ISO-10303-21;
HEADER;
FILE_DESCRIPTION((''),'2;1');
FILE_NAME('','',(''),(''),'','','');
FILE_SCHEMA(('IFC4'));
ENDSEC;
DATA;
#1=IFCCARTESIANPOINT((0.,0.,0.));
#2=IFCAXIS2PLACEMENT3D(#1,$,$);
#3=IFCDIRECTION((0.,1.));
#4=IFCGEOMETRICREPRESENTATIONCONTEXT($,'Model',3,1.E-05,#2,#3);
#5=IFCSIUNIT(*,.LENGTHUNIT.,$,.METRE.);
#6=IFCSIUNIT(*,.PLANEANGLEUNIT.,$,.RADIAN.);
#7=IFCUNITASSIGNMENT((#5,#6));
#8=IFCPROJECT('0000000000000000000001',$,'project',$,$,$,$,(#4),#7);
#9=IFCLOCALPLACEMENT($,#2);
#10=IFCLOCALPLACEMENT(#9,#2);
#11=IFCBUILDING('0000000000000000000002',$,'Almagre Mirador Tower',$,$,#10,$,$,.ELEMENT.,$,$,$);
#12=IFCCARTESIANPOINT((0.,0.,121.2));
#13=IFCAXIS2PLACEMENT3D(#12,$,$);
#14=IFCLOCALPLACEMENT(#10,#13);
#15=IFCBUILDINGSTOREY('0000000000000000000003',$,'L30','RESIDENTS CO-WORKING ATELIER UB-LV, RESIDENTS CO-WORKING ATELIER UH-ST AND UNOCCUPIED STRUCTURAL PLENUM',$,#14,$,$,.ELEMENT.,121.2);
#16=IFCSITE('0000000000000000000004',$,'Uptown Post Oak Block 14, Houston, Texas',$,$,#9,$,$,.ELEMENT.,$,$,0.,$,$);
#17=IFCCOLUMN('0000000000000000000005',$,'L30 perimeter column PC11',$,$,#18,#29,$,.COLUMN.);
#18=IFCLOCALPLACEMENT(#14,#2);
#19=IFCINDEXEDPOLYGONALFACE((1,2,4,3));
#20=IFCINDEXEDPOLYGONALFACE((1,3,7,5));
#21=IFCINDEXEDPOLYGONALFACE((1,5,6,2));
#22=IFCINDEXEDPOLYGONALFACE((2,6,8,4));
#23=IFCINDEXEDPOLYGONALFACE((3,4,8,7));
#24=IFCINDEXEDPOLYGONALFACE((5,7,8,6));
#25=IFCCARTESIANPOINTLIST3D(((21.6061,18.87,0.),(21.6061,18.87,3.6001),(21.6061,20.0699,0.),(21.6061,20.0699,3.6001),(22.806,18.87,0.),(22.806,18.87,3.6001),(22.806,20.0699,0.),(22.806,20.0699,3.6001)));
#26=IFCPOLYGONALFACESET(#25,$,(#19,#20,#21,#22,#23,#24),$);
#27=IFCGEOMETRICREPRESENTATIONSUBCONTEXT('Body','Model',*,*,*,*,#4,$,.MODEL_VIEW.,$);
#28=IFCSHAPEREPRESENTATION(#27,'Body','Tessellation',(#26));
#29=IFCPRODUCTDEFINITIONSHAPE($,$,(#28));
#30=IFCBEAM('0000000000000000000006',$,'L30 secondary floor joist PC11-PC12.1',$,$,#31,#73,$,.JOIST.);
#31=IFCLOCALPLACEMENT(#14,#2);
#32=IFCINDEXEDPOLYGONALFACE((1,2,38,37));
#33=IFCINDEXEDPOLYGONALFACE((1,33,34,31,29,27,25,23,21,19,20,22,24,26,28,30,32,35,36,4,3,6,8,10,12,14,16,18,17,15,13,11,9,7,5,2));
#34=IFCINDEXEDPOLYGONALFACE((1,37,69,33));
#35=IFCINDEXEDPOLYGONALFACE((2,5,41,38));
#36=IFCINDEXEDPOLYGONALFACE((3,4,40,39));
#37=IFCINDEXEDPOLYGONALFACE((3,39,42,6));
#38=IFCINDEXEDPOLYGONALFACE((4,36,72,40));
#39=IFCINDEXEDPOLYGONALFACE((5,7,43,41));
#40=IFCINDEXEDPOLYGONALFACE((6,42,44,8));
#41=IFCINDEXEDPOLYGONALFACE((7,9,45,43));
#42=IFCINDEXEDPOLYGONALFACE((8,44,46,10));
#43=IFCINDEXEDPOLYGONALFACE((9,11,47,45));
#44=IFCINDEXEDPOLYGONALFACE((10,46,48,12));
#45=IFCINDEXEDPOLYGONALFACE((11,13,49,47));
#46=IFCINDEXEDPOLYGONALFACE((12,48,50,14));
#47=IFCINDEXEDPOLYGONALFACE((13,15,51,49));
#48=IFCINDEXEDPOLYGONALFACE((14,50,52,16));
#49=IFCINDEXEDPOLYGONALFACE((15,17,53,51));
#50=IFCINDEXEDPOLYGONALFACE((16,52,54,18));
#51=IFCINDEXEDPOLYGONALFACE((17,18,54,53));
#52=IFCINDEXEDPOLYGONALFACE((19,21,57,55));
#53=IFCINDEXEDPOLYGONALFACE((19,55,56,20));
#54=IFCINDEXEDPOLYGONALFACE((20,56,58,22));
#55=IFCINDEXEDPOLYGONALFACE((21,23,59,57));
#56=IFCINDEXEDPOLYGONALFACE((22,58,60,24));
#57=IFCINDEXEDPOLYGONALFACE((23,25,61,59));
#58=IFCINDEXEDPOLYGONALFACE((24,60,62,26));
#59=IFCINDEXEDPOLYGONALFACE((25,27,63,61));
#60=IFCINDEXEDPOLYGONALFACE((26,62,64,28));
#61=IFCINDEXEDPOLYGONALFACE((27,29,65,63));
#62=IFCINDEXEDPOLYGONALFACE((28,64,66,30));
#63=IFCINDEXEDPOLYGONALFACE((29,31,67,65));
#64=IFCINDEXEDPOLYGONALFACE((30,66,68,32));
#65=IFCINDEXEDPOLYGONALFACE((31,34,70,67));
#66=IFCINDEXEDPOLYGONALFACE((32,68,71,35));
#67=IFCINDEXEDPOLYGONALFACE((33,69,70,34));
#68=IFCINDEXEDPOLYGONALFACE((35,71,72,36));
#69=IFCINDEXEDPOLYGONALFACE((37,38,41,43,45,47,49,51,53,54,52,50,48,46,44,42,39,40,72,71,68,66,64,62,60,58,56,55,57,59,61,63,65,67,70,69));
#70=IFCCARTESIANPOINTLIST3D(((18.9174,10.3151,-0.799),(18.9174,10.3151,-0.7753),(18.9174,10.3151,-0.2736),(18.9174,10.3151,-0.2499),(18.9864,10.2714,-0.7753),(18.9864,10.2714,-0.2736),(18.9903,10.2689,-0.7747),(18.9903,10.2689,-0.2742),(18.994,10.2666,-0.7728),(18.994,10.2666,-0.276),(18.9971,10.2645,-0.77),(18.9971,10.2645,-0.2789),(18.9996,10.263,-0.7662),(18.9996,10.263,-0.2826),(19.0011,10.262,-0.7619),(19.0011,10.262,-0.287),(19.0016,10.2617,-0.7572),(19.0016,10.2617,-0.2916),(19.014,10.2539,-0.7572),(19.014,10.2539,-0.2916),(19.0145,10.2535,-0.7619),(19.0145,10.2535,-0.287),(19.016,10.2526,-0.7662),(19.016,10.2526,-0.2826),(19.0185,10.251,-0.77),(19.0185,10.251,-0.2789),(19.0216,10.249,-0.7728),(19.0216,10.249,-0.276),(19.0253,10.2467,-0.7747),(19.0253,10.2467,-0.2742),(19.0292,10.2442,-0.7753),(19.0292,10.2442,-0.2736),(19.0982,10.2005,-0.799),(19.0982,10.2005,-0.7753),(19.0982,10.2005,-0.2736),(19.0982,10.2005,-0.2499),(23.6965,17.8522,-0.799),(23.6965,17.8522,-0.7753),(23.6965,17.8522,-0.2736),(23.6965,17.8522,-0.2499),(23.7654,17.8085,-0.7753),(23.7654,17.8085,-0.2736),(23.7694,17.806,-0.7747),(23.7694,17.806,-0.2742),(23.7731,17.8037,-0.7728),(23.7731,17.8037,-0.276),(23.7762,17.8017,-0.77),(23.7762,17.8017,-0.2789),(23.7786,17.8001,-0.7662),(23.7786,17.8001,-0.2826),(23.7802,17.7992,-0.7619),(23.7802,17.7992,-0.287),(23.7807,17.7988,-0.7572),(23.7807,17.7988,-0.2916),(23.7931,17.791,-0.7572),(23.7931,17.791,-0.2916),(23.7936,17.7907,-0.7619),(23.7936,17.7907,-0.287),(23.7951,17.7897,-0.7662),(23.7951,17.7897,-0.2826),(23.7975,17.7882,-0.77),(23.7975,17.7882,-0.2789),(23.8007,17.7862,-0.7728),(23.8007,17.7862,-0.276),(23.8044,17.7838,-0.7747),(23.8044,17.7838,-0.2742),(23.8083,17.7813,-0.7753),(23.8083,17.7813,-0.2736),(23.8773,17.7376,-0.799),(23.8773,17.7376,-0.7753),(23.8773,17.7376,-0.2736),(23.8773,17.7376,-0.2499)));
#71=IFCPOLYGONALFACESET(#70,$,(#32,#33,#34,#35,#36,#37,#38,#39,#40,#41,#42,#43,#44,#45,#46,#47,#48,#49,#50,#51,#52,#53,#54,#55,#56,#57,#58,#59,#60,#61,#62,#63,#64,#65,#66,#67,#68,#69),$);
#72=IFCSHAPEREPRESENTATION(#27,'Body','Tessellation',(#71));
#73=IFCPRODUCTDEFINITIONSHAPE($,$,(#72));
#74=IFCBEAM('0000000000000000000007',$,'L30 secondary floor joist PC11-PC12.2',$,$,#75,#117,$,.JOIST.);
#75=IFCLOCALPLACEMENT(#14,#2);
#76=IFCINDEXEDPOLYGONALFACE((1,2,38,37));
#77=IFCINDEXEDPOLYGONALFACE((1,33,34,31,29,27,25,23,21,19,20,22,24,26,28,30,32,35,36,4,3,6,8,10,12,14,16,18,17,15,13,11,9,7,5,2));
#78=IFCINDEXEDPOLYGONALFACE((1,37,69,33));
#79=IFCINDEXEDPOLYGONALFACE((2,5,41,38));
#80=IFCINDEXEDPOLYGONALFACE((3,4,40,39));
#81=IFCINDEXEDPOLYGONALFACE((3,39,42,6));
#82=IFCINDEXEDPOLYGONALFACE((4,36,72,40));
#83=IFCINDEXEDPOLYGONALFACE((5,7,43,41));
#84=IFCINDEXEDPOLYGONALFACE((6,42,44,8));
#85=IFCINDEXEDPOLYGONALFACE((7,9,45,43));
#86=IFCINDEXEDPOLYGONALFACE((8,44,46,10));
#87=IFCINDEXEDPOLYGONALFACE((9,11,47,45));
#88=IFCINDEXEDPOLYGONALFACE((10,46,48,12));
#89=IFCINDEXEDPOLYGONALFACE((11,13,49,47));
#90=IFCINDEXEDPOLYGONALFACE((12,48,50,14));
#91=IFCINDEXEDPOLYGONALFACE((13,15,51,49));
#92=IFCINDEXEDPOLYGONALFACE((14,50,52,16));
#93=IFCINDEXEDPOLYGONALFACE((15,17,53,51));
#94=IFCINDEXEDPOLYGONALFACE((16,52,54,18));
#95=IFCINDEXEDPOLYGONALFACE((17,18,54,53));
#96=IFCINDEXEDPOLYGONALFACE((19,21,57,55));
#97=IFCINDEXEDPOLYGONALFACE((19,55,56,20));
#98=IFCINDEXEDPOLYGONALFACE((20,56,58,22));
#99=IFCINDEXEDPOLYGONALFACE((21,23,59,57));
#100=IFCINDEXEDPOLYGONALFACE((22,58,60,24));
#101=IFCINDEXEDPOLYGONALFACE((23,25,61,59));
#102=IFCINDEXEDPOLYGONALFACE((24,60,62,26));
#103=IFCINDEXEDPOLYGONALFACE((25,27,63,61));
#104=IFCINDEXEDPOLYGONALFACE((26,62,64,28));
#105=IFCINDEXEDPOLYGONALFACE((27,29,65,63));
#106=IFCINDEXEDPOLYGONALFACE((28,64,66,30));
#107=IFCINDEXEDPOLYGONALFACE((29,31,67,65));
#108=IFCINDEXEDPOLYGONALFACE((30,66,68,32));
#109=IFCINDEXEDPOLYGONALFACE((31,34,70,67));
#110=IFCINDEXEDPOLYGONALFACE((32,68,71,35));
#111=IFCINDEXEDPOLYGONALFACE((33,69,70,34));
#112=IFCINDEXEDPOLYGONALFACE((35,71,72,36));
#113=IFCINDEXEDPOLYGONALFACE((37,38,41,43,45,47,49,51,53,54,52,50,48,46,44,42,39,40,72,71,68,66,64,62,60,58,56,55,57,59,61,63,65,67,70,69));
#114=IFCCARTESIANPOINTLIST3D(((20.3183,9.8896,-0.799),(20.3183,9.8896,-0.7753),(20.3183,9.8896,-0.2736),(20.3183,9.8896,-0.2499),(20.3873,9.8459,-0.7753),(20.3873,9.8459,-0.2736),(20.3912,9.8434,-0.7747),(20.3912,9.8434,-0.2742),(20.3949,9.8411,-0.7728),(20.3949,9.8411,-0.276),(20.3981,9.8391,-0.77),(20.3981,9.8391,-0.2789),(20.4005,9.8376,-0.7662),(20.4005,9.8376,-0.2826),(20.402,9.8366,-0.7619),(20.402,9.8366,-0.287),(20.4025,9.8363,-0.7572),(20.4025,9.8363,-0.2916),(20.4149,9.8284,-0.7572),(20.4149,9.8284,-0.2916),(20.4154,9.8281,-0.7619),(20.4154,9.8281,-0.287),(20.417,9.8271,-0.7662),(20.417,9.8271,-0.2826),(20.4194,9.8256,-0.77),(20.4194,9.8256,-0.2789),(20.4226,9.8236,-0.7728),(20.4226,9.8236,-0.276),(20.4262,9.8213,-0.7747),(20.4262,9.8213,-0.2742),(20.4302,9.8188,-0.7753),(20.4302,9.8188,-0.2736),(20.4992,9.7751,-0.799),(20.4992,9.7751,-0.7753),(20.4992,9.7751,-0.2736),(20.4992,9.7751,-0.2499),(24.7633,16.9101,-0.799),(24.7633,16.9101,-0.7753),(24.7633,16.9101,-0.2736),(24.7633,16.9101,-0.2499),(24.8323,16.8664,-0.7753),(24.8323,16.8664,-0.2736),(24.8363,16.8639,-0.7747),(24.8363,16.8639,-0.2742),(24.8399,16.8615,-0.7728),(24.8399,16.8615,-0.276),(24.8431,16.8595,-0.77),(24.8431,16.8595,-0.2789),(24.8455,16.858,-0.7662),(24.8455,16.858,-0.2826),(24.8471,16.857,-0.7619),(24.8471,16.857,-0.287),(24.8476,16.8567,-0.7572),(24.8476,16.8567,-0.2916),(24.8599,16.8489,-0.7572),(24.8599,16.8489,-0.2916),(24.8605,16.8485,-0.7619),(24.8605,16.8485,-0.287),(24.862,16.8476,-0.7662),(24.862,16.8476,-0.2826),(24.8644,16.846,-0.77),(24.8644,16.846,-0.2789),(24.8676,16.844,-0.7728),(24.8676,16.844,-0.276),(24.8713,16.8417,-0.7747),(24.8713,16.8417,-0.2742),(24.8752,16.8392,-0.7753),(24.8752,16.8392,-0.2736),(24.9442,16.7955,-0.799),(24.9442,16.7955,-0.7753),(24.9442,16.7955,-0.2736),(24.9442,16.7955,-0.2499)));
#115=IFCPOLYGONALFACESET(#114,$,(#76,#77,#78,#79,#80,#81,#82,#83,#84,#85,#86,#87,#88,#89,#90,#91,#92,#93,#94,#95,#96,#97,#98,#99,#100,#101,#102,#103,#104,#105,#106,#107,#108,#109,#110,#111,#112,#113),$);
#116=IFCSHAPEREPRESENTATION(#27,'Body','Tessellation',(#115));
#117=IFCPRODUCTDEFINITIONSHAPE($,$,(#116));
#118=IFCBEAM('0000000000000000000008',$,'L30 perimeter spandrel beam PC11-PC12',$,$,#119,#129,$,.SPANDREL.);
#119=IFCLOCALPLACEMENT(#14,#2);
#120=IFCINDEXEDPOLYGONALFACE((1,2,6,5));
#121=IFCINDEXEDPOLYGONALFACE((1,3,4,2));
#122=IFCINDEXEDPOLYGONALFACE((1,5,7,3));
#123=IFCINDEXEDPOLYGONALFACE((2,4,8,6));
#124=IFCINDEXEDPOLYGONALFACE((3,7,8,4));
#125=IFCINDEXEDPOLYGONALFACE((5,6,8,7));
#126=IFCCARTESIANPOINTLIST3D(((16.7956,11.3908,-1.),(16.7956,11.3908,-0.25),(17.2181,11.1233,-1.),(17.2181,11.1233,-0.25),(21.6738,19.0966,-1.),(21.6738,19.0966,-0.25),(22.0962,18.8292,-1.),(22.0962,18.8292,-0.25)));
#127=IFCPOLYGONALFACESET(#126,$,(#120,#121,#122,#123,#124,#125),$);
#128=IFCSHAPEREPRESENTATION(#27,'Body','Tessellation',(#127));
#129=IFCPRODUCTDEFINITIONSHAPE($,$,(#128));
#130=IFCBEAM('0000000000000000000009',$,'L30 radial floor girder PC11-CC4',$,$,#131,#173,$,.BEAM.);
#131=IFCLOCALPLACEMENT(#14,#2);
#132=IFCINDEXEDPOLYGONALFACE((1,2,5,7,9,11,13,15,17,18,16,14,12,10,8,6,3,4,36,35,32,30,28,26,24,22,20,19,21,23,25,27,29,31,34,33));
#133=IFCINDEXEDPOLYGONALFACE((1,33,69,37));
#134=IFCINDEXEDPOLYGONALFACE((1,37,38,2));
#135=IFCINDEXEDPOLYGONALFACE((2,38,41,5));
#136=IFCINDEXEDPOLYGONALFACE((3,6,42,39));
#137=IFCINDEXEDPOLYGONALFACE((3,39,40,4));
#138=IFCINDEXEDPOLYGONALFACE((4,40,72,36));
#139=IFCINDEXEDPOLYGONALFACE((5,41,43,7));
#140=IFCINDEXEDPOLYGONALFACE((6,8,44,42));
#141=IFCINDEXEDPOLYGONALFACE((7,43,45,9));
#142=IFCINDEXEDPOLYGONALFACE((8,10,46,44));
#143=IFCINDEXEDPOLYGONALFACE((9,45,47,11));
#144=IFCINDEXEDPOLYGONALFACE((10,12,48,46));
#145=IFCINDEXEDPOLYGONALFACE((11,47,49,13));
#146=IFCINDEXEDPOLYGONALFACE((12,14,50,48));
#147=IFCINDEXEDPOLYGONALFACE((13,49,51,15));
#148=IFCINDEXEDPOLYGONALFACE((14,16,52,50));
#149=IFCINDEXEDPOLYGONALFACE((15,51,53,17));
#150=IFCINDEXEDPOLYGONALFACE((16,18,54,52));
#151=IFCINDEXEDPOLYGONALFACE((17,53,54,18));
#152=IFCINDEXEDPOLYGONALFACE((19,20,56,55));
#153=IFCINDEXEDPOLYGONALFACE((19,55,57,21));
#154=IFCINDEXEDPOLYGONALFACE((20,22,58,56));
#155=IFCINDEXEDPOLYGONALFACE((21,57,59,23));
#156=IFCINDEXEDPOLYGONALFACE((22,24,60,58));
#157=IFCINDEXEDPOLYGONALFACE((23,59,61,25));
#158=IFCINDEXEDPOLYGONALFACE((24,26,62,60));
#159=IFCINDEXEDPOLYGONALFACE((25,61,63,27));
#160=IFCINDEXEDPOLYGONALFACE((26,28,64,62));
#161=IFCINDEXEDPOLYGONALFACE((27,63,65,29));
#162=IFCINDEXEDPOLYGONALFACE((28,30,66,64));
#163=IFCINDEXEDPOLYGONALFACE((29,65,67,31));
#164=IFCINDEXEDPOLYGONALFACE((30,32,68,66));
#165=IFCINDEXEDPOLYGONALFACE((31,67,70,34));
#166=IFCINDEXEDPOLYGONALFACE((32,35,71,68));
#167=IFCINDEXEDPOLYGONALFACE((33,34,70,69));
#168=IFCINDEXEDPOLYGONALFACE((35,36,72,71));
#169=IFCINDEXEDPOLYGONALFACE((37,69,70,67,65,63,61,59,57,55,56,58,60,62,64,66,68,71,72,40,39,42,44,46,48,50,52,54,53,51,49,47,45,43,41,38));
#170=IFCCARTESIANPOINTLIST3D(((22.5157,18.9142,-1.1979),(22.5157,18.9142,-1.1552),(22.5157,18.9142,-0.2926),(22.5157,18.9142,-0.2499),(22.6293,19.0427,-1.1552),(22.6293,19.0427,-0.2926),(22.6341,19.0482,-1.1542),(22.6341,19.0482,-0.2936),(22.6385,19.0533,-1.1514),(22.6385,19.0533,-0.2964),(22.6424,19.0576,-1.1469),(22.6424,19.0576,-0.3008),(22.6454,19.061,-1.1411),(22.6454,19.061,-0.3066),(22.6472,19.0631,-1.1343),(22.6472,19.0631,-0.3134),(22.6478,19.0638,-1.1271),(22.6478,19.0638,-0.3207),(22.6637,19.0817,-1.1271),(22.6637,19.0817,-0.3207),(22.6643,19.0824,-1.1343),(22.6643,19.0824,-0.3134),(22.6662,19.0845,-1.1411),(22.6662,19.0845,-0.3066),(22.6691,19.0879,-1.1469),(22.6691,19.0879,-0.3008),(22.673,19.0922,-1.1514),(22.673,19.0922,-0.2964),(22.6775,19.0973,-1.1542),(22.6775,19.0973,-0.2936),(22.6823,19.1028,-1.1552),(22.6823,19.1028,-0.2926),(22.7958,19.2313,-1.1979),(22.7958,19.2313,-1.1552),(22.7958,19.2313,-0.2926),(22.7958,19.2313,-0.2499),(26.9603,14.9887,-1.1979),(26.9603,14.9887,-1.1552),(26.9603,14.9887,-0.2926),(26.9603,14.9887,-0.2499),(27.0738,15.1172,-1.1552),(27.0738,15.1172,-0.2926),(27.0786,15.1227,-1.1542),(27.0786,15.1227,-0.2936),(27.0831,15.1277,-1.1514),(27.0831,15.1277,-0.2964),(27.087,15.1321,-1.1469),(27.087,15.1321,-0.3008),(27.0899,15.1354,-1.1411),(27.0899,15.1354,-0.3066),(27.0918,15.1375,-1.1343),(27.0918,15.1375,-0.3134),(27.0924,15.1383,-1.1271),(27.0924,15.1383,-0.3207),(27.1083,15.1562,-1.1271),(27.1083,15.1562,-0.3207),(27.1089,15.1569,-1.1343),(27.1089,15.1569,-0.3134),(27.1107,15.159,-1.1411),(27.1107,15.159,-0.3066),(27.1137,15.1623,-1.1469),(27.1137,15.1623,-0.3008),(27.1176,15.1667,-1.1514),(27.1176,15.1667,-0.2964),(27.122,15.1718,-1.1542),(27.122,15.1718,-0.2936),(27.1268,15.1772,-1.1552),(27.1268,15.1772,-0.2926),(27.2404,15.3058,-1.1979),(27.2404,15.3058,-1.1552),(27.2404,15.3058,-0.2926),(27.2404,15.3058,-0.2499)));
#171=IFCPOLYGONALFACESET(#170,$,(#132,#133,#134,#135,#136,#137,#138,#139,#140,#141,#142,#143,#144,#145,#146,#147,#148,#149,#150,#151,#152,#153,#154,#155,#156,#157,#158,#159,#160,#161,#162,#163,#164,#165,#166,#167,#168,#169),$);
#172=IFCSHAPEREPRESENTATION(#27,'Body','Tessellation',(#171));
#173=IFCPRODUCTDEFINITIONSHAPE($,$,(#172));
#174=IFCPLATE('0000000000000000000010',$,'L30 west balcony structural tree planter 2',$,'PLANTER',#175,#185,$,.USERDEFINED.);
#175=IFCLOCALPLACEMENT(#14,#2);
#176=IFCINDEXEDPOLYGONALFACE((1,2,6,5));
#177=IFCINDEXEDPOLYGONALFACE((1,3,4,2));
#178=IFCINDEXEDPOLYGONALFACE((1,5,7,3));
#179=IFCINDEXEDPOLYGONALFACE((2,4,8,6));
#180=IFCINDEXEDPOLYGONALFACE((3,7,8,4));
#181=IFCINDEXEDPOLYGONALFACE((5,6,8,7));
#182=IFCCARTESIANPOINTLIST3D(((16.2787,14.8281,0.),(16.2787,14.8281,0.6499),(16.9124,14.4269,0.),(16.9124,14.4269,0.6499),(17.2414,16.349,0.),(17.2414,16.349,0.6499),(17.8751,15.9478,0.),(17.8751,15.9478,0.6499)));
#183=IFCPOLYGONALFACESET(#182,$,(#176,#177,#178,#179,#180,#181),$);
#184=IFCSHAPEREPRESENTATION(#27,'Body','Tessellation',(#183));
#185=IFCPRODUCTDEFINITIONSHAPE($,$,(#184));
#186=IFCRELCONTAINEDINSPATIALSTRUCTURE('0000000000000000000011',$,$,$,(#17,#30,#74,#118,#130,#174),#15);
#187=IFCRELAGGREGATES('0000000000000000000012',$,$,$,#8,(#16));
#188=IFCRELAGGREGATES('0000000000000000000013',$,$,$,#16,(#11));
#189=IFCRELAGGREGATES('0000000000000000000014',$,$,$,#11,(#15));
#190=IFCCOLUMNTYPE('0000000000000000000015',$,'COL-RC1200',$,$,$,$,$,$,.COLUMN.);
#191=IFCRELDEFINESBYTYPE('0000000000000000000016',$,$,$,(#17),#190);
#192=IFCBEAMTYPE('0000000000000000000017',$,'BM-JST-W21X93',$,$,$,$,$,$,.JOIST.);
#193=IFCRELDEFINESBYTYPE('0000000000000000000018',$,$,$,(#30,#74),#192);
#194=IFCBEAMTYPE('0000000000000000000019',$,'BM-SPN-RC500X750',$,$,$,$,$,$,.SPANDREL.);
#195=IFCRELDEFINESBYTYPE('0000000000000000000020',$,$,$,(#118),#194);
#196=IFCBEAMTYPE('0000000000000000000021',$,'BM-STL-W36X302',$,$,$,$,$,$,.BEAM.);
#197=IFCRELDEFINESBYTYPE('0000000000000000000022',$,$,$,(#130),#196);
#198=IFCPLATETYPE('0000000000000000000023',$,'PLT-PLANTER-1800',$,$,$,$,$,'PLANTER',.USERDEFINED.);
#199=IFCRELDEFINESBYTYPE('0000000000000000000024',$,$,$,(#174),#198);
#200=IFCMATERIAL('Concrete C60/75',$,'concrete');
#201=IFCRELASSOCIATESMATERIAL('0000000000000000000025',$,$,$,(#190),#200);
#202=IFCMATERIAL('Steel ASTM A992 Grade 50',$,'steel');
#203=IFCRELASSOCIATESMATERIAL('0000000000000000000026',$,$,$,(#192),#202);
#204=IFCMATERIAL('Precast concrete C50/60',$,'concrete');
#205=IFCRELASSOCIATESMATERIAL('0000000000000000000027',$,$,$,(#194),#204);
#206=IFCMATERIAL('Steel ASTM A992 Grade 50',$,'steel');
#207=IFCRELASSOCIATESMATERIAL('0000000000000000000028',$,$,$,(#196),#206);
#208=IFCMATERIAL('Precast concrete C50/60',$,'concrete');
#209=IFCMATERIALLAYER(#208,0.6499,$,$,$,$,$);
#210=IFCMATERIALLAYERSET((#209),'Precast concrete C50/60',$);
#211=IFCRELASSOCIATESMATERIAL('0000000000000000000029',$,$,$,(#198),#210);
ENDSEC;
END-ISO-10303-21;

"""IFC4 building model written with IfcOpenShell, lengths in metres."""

from ifc_helpers import new_model, si_unit, direction, frame, origin, origin_2d, place, context, subcontext, project, spatial, rectangle, i_section, extrude, material, layer, layer_set, material_profile, profile_set, type_object, element, save


model = new_model("IFC4")

# Units and contexts
model_context = context("Model", 3, precision=1e-05, world=origin(), true_north=direction((0.0, 1.0)))
body_context = subcontext(model_context, "Body", "Model", "MODEL_VIEW")
ifc_project = project(units=[si_unit("LENGTHUNIT", "METRE"), si_unit("PLANEANGLEUNIT", "RADIAN")], contexts=[model_context])

# Site, building, storey
site_placement = place(None, origin())
site = spatial("IfcSite", under=ifc_project, at=site_placement, Name="Uptown Post Oak Block 14, Houston, Texas", CompositionType="ELEMENT", RefElevation=0.0)
building_placement = place(site_placement, origin())
building = spatial("IfcBuilding", under=site, at=building_placement, Name="Almagre Mirador Tower", CompositionType="ELEMENT")
storey_placement = place(building_placement, frame((0.0, 0.0, 121.2)))
storey = spatial("IfcBuildingStorey", under=building, at=storey_placement, Name="L30", Description="RESIDENTS CO-WORKING ATELIER UB-LV, RESIDENTS CO-WORKING ATELIER UH-ST AND UNOCCUPIED STRUCTURAL PLENUM", CompositionType="ELEMENT", Elevation=121.2)

# Column
ifc_material_1 = material(Name="Concrete C60/75", Category="concrete")
ifc_material_profile_1 = material_profile(ifc_material_1, rectangle(XDim=1.2, YDim=1.2, at=origin_2d()), Name="RC1200X1200")
ifc_profile_set_1 = profile_set([ifc_material_profile_1], Name="Concrete C60/75")
column_type = type_object("IfcColumnType", Name="COL-RC1200", PredefinedType="COLUMN", material=ifc_profile_set_1)
column_placement = place(storey_placement, frame((22.2061, 19.47, 0.0), z_axis=(0.0, 0.0, 1.0), x_axis=(1.0, 0.0, 0.0)))
element("IfcColumn", 1, at=column_placement, inside=storey, type_object=column_type, Name="L30 perimeter column PC11", PredefinedType="COLUMN", context=body_context, shape_type="SweptSolid", body=[
    extrude(rectangle(XDim=1.2, YDim=1.2, at=origin_2d()), origin(), (0.0, 0.0, 1.0), 3.6001),
])

# Beams
ifc_material_2 = material(Name="Steel ASTM A992 Grade 50", Category="steel")
ifc_material_profile_2 = material_profile(ifc_material_2, i_section(OverallWidth=0.2141, OverallDepth=0.5491, WebThickness=0.0146, FlangeThickness=0.0237, FilletRadius=0.0181, at=origin_2d()), Name="W21X93")
ifc_profile_set_2 = profile_set([ifc_material_profile_2], Name="Steel ASTM A992 Grade 50")
beam_type_1 = type_object("IfcBeamType", Name="BM-JST-W21X93", PredefinedType="JOIST", material=ifc_profile_set_2)
beam_1_placement = place(storey_placement, frame((23.7869, 17.7949, -0.5244), z_axis=(-0.535496, -0.844538, 0.0), x_axis=(0.844538, -0.535496, 0.0)))
element("IfcBeam", 2, at=beam_1_placement, inside=storey, type_object=beam_type_1, Name="L30 secondary floor joist PC11-PC12.1", PredefinedType="JOIST", context=body_context, shape_type="SweptSolid", body=[
    extrude(i_section(OverallWidth=0.2141, OverallDepth=0.5491, WebThickness=0.0146, FlangeThickness=0.0237, FilletRadius=0.0181, at=origin_2d()), origin(), (0.0, 0.0, 1.0), 8.9246),
])
beam_2_placement = place(storey_placement, frame((24.8538, 16.8528, -0.5244), z_axis=(-0.534944, -0.844887, 0.0), x_axis=(0.844887, -0.534944, 0.0)))
element("IfcBeam", 3, at=beam_2_placement, inside=storey, type_object=beam_type_1, Name="L30 secondary floor joist PC11-PC12.2", PredefinedType="JOIST", context=body_context, shape_type="SweptSolid", body=[
    extrude(i_section(OverallWidth=0.2141, OverallDepth=0.5491, WebThickness=0.0146, FlangeThickness=0.0237, FilletRadius=0.0181, at=origin_2d()), origin(), (0.0, 0.0, 1.0), 8.3093),
])
ifc_material_3 = material(Name="Precast concrete C50/60", Category="concrete")
ifc_material_profile_3 = material_profile(ifc_material_3, rectangle(XDim=0.5, YDim=0.75, at=origin_2d()), Name="RC500X750")
ifc_profile_set_3 = profile_set([ifc_material_profile_3], Name="Precast concrete C50/60")
beam_type_2 = type_object("IfcBeamType", Name="BM-SPN-RC500X750", PredefinedType="SPANDREL", material=ifc_profile_set_3)
beam_3_placement = place(storey_placement, frame((21.885, 18.9629, -0.625), z_axis=(-0.534882, -0.844927, 0.0), x_axis=(0.844927, -0.534882, 0.0)))
element("IfcBeam", 4, at=beam_3_placement, inside=storey, type_object=beam_type_2, Name="L30 perimeter spandrel beam PC11-PC12", PredefinedType="SPANDREL", context=body_context, shape_type="SweptSolid", body=[
    extrude(rectangle(XDim=0.5, YDim=0.75, at=origin_2d()), origin(), (0.0, 0.0, 1.0), 9.1201),
])
ifc_material_4 = material(Name="Steel ASTM A992 Grade 50", Category="steel")
ifc_material_profile_4 = material_profile(ifc_material_4, i_section(OverallWidth=0.4231, OverallDepth=0.948, WebThickness=0.0239, FlangeThickness=0.0427, FilletRadius=0.0281, at=origin_2d()), Name="W36X302")
ifc_profile_set_4 = profile_set([ifc_material_profile_4], Name="Steel ASTM A992 Grade 50")
beam_type_3 = type_object("IfcBeamType", Name="BM-STL-W36X302", PredefinedType="BEAM", material=ifc_profile_set_4)
beam_4_placement = place(storey_placement, frame((22.6558, 19.0728, -0.7239), z_axis=(0.749516, -0.661986, 0.0), x_axis=(0.661986, 0.749516, 0.0)))
element("IfcBeam", 5, at=beam_4_placement, inside=storey, type_object=beam_type_3, Name="L30 radial floor girder PC11-CC4", PredefinedType="BEAM", context=body_context, shape_type="SweptSolid", body=[
    extrude(i_section(OverallWidth=0.4231, OverallDepth=0.948, WebThickness=0.0239, FlangeThickness=0.0427, FilletRadius=0.0281, at=origin_2d()), origin(), (0.0, 0.0, 1.0), 5.9299),
])

# Plate
ifc_material_5 = material(Name="Precast concrete C50/60", Category="concrete")
ifc_layer_1 = layer(ifc_material_5, 0.6499)
ifc_layer_set_1 = layer_set([ifc_layer_1], Name="Precast concrete C50/60")
plate_type = type_object("IfcPlateType", Name="PLT-PLANTER-1800", ElementType="PLANTER", PredefinedType="USERDEFINED", material=ifc_layer_set_1)
plate_placement = place(storey_placement, frame((17.0769, 15.3879, 0.0), z_axis=(0.0, 0.0, 1.0), x_axis=(-0.534869, -0.844935, 0.0)))
element("IfcPlate", 6, at=plate_placement, inside=storey, type_object=plate_type, Name="L30 west balcony structural tree planter 2", ObjectType="PLANTER", PredefinedType="USERDEFINED", context=body_context, shape_type="SweptSolid", body=[
    extrude(rectangle(XDim=1.8, YDim=0.75, at=origin_2d()), origin(), (0.0, 0.0, 1.0), 0.6499),
])

save(model, "model.ifc")
